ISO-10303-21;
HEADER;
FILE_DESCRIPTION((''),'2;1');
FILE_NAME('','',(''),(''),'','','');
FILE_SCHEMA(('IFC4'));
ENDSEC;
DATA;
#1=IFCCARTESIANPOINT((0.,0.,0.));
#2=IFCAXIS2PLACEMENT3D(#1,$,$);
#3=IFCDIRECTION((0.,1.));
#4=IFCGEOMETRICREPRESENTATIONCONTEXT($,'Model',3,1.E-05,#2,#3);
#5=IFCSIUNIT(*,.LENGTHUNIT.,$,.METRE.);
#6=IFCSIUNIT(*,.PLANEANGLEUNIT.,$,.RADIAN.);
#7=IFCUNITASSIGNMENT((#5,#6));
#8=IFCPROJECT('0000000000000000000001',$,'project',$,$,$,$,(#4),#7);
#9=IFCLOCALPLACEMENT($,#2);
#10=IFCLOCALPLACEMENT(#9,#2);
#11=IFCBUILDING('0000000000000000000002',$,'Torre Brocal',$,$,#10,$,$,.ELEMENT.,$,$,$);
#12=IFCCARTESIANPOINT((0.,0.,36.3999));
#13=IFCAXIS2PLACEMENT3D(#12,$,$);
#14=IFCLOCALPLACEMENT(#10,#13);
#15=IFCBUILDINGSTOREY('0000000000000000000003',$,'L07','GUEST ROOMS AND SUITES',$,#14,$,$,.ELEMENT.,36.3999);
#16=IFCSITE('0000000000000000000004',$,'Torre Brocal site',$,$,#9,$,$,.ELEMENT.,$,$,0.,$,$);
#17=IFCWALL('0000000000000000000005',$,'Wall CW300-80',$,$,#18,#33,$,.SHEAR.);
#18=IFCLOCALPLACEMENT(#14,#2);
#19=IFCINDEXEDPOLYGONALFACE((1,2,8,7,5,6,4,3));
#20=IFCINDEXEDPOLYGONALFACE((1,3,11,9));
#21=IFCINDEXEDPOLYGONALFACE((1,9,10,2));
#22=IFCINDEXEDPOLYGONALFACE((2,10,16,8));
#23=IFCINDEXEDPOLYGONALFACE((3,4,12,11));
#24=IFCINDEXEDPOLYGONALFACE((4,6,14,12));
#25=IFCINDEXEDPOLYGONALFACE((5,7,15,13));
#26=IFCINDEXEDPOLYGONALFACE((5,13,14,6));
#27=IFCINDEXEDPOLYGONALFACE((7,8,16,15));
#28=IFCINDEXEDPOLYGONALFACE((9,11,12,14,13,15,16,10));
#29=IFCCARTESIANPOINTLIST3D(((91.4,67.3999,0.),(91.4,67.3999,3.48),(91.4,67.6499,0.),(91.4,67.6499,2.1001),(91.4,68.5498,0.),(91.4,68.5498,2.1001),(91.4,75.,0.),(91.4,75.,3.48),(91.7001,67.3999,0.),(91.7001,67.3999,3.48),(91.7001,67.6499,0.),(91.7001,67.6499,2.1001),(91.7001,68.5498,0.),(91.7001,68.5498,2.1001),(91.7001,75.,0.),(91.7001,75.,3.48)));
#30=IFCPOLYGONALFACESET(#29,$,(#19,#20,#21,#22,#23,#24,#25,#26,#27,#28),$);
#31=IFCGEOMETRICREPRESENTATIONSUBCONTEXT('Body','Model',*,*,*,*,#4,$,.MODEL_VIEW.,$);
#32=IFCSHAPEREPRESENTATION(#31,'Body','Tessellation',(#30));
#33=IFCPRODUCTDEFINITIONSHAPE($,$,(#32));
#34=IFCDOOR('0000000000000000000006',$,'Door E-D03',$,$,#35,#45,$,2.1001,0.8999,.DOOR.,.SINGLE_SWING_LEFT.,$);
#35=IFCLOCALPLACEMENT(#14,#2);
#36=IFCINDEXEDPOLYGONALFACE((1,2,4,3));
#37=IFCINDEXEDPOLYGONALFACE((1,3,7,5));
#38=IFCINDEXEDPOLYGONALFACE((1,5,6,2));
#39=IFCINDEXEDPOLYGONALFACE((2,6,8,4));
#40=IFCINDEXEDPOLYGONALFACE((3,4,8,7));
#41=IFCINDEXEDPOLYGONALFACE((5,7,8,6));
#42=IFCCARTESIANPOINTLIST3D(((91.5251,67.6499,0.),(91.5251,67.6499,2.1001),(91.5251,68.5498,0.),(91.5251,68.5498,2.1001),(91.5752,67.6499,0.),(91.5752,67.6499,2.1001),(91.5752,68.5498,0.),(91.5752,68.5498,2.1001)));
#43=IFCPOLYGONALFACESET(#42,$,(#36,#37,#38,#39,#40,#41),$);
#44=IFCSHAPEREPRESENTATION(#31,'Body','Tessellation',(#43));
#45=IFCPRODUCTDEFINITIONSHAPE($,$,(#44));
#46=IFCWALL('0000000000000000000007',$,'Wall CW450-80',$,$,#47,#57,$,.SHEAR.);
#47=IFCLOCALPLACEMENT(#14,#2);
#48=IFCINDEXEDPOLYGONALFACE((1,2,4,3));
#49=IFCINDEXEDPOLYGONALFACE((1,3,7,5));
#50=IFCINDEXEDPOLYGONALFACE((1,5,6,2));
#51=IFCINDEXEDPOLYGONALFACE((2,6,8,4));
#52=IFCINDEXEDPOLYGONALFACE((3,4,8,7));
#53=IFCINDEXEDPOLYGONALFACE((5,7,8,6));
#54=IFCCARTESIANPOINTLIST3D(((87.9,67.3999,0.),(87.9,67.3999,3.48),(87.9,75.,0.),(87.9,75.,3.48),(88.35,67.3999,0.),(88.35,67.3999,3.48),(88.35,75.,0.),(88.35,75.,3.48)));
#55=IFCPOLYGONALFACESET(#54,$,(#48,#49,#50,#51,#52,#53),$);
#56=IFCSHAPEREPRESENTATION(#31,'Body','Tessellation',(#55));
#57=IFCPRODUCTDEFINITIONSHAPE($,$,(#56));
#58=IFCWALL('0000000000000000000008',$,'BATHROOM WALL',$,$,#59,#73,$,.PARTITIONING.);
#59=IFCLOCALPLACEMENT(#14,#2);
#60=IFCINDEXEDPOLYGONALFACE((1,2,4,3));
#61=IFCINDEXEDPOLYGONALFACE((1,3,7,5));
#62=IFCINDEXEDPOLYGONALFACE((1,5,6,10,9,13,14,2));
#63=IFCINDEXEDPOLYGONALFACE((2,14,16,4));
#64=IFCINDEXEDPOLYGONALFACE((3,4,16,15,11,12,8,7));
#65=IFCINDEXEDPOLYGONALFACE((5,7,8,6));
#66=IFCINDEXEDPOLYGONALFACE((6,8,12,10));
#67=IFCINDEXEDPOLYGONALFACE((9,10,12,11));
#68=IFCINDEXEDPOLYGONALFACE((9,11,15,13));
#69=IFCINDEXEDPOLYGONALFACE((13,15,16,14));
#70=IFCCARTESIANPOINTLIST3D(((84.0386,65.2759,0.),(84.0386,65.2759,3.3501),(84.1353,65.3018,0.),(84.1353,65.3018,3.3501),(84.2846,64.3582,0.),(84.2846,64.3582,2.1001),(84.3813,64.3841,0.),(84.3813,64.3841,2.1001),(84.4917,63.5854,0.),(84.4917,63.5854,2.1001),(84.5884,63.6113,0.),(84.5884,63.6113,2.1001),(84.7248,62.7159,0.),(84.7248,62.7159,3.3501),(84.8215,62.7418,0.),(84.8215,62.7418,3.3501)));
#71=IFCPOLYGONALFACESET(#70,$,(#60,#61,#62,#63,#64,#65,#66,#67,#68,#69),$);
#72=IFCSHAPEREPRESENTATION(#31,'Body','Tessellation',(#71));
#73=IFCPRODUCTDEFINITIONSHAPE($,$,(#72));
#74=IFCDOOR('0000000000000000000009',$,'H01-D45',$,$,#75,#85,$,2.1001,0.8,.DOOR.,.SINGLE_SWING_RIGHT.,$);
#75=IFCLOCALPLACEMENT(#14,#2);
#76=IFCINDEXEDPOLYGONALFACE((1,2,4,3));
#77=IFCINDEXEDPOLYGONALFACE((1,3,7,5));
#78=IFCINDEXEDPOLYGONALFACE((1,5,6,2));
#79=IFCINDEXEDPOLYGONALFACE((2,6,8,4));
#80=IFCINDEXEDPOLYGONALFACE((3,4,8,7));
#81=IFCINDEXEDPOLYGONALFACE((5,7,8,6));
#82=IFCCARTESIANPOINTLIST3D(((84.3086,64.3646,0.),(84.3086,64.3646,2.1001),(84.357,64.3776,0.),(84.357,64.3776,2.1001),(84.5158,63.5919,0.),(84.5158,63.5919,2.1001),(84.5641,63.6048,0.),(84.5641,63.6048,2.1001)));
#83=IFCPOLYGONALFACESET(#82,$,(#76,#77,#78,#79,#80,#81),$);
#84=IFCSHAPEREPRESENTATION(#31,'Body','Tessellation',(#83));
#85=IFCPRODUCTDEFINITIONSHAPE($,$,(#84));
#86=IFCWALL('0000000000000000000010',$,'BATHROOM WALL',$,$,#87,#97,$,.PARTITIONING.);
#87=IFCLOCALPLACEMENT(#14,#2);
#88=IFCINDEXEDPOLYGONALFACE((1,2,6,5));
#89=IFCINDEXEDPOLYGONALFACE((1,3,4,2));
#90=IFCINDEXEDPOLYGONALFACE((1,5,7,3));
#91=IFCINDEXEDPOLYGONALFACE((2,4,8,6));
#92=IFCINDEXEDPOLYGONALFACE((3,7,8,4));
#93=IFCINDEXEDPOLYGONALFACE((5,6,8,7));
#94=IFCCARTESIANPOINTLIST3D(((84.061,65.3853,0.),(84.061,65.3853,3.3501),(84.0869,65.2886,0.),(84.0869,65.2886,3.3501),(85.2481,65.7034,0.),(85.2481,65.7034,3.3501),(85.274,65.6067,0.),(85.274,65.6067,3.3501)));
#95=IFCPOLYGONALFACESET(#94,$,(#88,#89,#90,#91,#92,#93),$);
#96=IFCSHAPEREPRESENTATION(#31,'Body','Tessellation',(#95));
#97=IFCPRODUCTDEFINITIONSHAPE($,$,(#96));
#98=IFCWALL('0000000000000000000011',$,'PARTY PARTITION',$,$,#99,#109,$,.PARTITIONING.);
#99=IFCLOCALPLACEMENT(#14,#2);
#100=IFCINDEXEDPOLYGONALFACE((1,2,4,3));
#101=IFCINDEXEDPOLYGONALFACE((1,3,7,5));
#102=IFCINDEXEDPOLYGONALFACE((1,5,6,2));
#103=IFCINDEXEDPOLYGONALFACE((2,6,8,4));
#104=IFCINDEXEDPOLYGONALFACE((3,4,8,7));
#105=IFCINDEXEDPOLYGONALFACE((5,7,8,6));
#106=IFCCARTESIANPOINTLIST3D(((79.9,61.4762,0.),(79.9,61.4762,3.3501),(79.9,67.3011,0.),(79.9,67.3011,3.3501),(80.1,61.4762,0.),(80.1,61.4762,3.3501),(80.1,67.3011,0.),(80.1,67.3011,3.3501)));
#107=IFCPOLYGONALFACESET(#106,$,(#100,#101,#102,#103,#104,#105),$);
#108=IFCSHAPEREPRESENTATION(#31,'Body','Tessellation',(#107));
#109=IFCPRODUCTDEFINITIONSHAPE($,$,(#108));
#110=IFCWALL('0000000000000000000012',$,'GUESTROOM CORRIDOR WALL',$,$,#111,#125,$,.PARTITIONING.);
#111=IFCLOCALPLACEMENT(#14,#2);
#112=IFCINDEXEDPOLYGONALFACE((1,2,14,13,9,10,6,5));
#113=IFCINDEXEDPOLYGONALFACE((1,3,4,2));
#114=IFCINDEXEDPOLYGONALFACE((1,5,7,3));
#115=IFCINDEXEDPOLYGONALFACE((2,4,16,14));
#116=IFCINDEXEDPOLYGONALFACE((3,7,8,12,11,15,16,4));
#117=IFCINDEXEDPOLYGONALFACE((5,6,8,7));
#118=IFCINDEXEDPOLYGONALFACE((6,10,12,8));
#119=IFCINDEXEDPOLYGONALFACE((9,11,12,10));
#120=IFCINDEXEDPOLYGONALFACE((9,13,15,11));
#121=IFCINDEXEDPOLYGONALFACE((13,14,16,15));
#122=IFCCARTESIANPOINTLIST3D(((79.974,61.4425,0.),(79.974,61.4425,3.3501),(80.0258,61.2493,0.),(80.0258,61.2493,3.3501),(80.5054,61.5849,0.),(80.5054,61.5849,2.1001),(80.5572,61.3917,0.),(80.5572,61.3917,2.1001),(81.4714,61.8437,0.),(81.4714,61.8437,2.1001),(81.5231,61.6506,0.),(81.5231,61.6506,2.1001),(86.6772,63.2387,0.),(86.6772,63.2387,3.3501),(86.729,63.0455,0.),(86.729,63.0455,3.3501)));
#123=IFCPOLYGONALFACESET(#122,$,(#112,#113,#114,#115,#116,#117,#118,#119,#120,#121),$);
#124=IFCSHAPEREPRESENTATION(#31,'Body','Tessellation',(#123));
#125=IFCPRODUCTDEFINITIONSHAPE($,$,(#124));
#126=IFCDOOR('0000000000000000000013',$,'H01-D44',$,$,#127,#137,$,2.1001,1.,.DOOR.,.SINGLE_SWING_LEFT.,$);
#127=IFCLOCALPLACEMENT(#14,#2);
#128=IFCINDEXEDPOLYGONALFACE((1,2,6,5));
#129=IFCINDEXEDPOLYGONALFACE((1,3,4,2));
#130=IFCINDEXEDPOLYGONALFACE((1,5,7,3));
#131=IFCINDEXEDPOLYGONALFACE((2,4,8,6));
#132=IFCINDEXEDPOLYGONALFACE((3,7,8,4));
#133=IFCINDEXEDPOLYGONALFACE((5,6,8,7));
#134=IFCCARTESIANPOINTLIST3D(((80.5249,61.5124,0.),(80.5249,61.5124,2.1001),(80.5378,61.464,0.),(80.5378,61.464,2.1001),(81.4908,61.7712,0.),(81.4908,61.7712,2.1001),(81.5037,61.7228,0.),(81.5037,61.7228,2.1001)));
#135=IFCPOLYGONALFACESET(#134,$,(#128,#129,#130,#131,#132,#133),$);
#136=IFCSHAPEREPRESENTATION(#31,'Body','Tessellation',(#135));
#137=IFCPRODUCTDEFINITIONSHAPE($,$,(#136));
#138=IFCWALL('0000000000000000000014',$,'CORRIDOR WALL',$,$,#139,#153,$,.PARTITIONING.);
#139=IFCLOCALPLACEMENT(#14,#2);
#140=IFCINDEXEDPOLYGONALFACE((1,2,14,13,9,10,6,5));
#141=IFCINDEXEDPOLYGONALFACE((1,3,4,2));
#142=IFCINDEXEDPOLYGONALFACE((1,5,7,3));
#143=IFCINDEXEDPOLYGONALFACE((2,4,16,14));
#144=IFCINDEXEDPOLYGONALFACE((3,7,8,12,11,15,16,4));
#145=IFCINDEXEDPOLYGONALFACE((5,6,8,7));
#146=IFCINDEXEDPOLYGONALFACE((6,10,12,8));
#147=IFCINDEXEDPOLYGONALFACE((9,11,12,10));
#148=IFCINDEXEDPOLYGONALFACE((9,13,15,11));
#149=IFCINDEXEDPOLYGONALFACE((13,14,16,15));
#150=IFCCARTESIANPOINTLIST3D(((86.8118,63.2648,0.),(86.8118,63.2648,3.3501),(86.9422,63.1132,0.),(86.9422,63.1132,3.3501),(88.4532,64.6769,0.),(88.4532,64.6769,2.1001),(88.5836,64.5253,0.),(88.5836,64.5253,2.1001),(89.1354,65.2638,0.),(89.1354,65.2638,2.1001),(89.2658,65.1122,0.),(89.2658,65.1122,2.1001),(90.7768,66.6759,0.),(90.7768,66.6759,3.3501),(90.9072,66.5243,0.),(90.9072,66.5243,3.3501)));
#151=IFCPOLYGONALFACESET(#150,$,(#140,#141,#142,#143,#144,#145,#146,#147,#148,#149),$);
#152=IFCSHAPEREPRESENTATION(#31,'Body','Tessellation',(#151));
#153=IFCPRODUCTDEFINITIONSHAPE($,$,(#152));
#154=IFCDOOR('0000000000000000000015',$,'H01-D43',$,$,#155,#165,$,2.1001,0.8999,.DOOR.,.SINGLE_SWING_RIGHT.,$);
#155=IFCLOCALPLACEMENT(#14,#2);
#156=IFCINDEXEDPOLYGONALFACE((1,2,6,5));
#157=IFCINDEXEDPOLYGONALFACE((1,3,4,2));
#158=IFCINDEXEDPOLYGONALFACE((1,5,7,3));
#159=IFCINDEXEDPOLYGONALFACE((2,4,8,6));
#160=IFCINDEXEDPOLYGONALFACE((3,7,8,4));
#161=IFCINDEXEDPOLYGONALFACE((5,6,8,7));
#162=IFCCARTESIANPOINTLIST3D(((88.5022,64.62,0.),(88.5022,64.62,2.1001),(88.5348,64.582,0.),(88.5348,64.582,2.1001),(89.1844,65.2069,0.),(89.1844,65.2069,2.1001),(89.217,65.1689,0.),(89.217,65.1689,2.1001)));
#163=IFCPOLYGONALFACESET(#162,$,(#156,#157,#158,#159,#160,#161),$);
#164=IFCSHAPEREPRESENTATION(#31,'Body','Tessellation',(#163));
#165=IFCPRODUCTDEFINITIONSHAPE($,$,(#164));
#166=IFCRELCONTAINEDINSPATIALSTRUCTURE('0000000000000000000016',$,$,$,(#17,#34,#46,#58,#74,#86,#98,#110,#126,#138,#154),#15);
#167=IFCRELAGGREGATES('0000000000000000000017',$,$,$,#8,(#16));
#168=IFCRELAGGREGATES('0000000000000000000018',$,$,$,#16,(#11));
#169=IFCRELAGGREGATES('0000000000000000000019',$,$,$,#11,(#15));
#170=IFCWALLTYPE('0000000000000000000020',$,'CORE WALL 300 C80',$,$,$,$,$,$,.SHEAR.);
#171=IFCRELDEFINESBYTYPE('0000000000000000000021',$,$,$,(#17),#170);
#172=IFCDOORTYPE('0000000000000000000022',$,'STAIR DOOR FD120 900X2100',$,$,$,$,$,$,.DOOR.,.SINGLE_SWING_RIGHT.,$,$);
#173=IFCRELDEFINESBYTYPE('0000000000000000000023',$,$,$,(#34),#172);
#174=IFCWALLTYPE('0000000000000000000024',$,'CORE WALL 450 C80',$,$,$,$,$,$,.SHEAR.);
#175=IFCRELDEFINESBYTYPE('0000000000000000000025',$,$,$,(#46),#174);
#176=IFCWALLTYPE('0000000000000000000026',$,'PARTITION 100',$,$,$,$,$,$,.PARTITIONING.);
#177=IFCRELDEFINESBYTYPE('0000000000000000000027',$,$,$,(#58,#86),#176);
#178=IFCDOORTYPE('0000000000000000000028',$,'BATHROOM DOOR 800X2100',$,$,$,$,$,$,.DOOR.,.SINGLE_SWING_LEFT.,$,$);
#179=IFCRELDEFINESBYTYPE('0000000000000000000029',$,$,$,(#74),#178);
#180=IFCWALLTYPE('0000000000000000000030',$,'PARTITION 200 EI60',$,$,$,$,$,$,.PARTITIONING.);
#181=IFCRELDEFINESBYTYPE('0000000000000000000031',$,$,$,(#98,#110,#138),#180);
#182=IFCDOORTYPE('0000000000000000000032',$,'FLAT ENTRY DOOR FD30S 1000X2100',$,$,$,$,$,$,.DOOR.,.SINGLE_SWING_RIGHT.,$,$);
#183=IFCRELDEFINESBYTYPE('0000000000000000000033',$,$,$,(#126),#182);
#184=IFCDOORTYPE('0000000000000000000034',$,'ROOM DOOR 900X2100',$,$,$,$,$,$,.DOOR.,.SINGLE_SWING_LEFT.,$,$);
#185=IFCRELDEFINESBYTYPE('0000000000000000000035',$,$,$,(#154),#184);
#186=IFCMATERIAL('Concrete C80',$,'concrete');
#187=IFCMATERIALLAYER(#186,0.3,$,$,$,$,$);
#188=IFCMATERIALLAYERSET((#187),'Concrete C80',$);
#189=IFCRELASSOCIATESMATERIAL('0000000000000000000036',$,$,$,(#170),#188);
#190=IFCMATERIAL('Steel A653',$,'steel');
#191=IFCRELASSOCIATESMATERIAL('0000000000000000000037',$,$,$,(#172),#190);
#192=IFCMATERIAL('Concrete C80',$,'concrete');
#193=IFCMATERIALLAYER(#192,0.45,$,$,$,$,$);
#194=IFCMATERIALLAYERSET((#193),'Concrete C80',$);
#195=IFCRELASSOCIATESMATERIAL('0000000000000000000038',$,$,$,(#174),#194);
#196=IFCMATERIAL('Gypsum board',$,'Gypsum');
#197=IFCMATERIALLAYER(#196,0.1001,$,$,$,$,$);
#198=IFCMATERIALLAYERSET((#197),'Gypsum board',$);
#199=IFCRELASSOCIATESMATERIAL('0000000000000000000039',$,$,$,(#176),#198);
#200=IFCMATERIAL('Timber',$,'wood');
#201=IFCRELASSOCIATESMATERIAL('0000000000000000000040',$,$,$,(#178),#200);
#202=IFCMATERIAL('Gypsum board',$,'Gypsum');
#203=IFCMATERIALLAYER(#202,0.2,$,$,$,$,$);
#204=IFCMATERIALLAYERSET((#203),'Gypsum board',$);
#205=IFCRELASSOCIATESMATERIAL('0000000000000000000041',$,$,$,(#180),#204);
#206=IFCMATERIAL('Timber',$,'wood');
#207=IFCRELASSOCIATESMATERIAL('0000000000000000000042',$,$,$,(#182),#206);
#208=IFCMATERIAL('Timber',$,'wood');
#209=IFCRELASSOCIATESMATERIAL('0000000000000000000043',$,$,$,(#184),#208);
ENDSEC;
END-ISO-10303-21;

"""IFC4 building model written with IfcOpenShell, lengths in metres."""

from ifc_helpers import new_model, si_unit, direction, frame, frame_2d, origin, place, context, subcontext, project, spatial, rectangle, extrude, material, layer, layer_set, type_object, element, fill, save


model = new_model("IFC4")

# Units and contexts
model_context = context("Model", 3, precision=1e-05, world=origin(), true_north=direction((0.0, 1.0)))
body_context = subcontext(model_context, "Body", "Model", "MODEL_VIEW")
ifc_project = project(units=[si_unit("LENGTHUNIT", "METRE"), si_unit("PLANEANGLEUNIT", "RADIAN")], contexts=[model_context])

# Site, building, storey
site_placement = place(None, origin())
site = spatial("IfcSite", under=ifc_project, at=site_placement, Name="Torre Brocal site", CompositionType="ELEMENT", RefElevation=0.0)
building_placement = place(site_placement, origin())
building = spatial("IfcBuilding", under=site, at=building_placement, Name="Torre Brocal", CompositionType="ELEMENT")
storey_placement = place(building_placement, frame((0.0, 0.0, 36.3999)))
storey = spatial("IfcBuildingStorey", under=building, at=storey_placement, Name="L07", Description="GUEST ROOMS AND SUITES", CompositionType="ELEMENT", Elevation=36.3999)

# Wall, opening, door
ifc_material_1 = material(Name="Concrete C80", Category="concrete")
ifc_layer_1 = layer(ifc_material_1, 0.3)
ifc_layer_set_1 = layer_set([ifc_layer_1], Name="Concrete C80")
wall_type_1 = type_object("IfcWallType", Name="CORE WALL 300 C80", PredefinedType="SHEAR", material=ifc_layer_set_1)
wall_1_placement = place(storey_placement, frame((91.55, 67.3999, 0.0), z_axis=(0.0, 0.0, 1.0), x_axis=(0.0, 1.0, 0.0)))
wall_1 = element("IfcWall", 1, at=wall_1_placement, inside=storey, type_object=wall_type_1, Name="Wall CW300-80", PredefinedType="SHEAR", context=body_context, shape_type="SweptSolid", body=[
    extrude(rectangle(XDim=7.6001, YDim=0.3, at=frame_2d((3.8, 0.0))), origin(), (0.0, 0.0, 1.0), 3.48),
])
opening_1_placement = place(wall_1_placement, frame((0.25, 0.0, 0.0)))
opening_1 = element("IfcOpeningElement", 2, at=opening_1_placement, cuts=wall_1, PredefinedType="OPENING", context=body_context, shape_type="SweptSolid", body=[
    extrude(rectangle(XDim=0.8999, YDim=2.1001, at=frame_2d((0.45, 1.05))), frame((0.0, 0.1599, 0.0), z_axis=(0.0, -1.0, 0.0), x_axis=(1.0, 0.0, 0.0)), (0.0, 0.0, 1.0), 0.3201),
])
ifc_material_2 = material(Name="Steel A653", Category="steel")
door_type_1 = type_object("IfcDoorType", Name="STAIR DOOR FD120 900X2100", OperationType="SINGLE_SWING_RIGHT", PredefinedType="DOOR", material=ifc_material_2)
door_1_placement = place(opening_1_placement, origin())
door_1 = element("IfcDoor", 3, at=door_1_placement, inside=storey, type_object=door_type_1, Name="Door E-D03", OperationType="SINGLE_SWING_LEFT", OverallHeight=2.1001, OverallWidth=0.8999, PredefinedType="DOOR", context=body_context, shape_type="SweptSolid", body=[
    extrude(rectangle(XDim=0.8999, YDim=2.1001, at=frame_2d((0.45, 1.05))), frame((0.0, 0.0249, 0.0), z_axis=(0.0, -1.0, 0.0), x_axis=(1.0, 0.0, 0.0)), (0.0, 0.0, 1.0), 0.05),
])
fill(opening_1, door_1)

# Wall
ifc_material_3 = material(Name="Concrete C80", Category="concrete")
ifc_layer_2 = layer(ifc_material_3, 0.45)
ifc_layer_set_2 = layer_set([ifc_layer_2], Name="Concrete C80")
wall_type_2 = type_object("IfcWallType", Name="CORE WALL 450 C80", PredefinedType="SHEAR", material=ifc_layer_set_2)
wall_2_placement = place(storey_placement, frame((88.125, 67.3999, 0.0), z_axis=(0.0, 0.0, 1.0), x_axis=(0.0, 1.0, 0.0)))
element("IfcWall", 4, at=wall_2_placement, inside=storey, type_object=wall_type_2, Name="Wall CW450-80", PredefinedType="SHEAR", context=body_context, shape_type="SweptSolid", body=[
    extrude(rectangle(XDim=7.6001, YDim=0.45, at=frame_2d((3.8, 0.0))), origin(), (0.0, 0.0, 1.0), 3.48),
])

# Wall, opening, door
ifc_material_4 = material(Name="Gypsum board", Category="Gypsum")
ifc_layer_3 = layer(ifc_material_4, 0.1001)
ifc_layer_set_3 = layer_set([ifc_layer_3], Name="Gypsum board")
wall_type_3 = type_object("IfcWallType", Name="PARTITION 100", PredefinedType="PARTITIONING", material=ifc_layer_set_3)
wall_3_placement = place(storey_placement, frame((84.0869, 65.2888, 0.0), z_axis=(0.0, 0.0, 1.0), x_axis=(0.258929, -0.965896, 0.0)))
wall_3 = element("IfcWall", 5, at=wall_3_placement, inside=storey, type_object=wall_type_3, Name="BATHROOM WALL", PredefinedType="PARTITIONING", context=body_context, shape_type="SweptSolid", body=[
    extrude(rectangle(XDim=2.6504, YDim=0.1001, at=frame_2d((1.3252, 0.0))), origin(), (0.0, 0.0, 1.0), 3.3501),
])
opening_2_placement = place(wall_3_placement, frame((0.9502, 0.0, 0.0)))
opening_2 = element("IfcOpeningElement", 6, at=opening_2_placement, cuts=wall_3, PredefinedType="OPENING", context=body_context, shape_type="SweptSolid", body=[
    extrude(rectangle(XDim=0.8, YDim=2.1001, at=frame_2d((0.3999, 1.05))), frame((0.0, 0.0601, 0.0), z_axis=(0.0, -1.0, 0.0), x_axis=(1.0, 0.0, 0.0)), (0.0, 0.0, 1.0), 0.1201),
])
ifc_material_5 = material(Name="Timber", Category="wood")
door_type_2 = type_object("IfcDoorType", Name="BATHROOM DOOR 800X2100", OperationType="SINGLE_SWING_LEFT", PredefinedType="DOOR", material=ifc_material_5)
door_2_placement = place(opening_2_placement, origin())
door_2 = element("IfcDoor", 7, at=door_2_placement, inside=storey, type_object=door_type_2, Name="H01-D45", OperationType="SINGLE_SWING_RIGHT", OverallHeight=2.1001, OverallWidth=0.8, PredefinedType="DOOR", context=body_context, shape_type="SweptSolid", body=[
    extrude(rectangle(XDim=0.8, YDim=2.1001, at=frame_2d((0.3999, 1.05))), frame((0.0, 0.0249, 0.0), z_axis=(0.0, -1.0, 0.0), x_axis=(1.0, 0.0, 0.0)), (0.0, 0.0, 1.0), 0.05),
])
fill(opening_2, door_2)

# Walls
wall_4_placement = place(storey_placement, frame((84.074, 65.3369, 0.0), z_axis=(0.0, 0.0, 1.0), x_axis=(0.965914, 0.258862, 0.0)))
element("IfcWall", 8, at=wall_4_placement, inside=storey, type_object=wall_type_3, Name="BATHROOM WALL", PredefinedType="PARTITIONING", context=body_context, shape_type="SweptSolid", body=[
    extrude(rectangle(XDim=1.229, YDim=0.1001, at=frame_2d((0.6145, 0.0))), origin(), (0.0, 0.0, 1.0), 3.3501),
])
ifc_material_6 = material(Name="Gypsum board", Category="Gypsum")
ifc_layer_4 = layer(ifc_material_6, 0.2)
ifc_layer_set_4 = layer_set([ifc_layer_4], Name="Gypsum board")
wall_type_4 = type_object("IfcWallType", Name="PARTITION 200 EI60", PredefinedType="PARTITIONING", material=ifc_layer_set_4)
wall_5_placement = place(storey_placement, frame((80.0, 61.4761, 0.0), z_axis=(0.0, 0.0, 1.0), x_axis=(0.0, 1.0, 0.0)))
element("IfcWall", 9, at=wall_5_placement, inside=storey, type_object=wall_type_4, Name="PARTY PARTITION", PredefinedType="PARTITIONING", context=body_context, shape_type="SweptSolid", body=[
    extrude(rectangle(XDim=5.825, YDim=0.2, at=frame_2d((2.9126, 0.0))), origin(), (0.0, 0.0, 1.0), 3.3501),
])

# Walls, openings, doors
wall_6_placement = place(storey_placement, frame((80.0, 61.3459, 0.0), z_axis=(0.0, 0.0, 1.0), x_axis=(0.965924, 0.258825, 0.0)))
wall_6 = element("IfcWall", 10, at=wall_6_placement, inside=storey, type_object=wall_type_4, Name="GUESTROOM CORRIDOR WALL", PredefinedType="PARTITIONING", context=body_context, shape_type="SweptSolid", body=[
    extrude(rectangle(XDim=6.9397, YDim=0.2, at=frame_2d((3.4697, 0.0))), origin(), (0.0, 0.0, 1.0), 3.3501),
])
opening_3_placement = place(wall_6_placement, frame((0.55, 0.0, 0.0)))
opening_3 = element("IfcOpeningElement", 11, at=opening_3_placement, cuts=wall_6, PredefinedType="OPENING", context=body_context, shape_type="SweptSolid", body=[
    extrude(rectangle(XDim=1.0, YDim=2.1001, at=frame_2d((0.5, 1.05))), frame((0.0, 0.1099, 0.0), z_axis=(0.0, -1.0, 0.0), x_axis=(1.0, 0.0, 0.0)), (0.0, 0.0, 1.0), 0.22),
])
ifc_material_7 = material(Name="Timber", Category="wood")
door_type_3 = type_object("IfcDoorType", Name="FLAT ENTRY DOOR FD30S 1000X2100", OperationType="SINGLE_SWING_RIGHT", PredefinedType="DOOR", material=ifc_material_7)
door_3_placement = place(opening_3_placement, origin())
door_3 = element("IfcDoor", 12, at=door_3_placement, inside=storey, type_object=door_type_3, Name="H01-D44", OperationType="SINGLE_SWING_LEFT", OverallHeight=2.1001, OverallWidth=1.0, PredefinedType="DOOR", context=body_context, shape_type="SweptSolid", body=[
    extrude(rectangle(XDim=1.0, YDim=2.1001, at=frame_2d((0.5, 1.05))), frame((0.0, 0.0249, 0.0), z_axis=(0.0, -1.0, 0.0), x_axis=(1.0, 0.0, 0.0)), (0.0, 0.0, 1.0), 0.05),
])
fill(opening_3, door_3)
wall_7_placement = place(storey_placement, frame((86.877, 63.189, 0.0), z_axis=(0.0, 0.0, 1.0), x_axis=(0.758076, 0.652166, 0.0)))
wall_7 = element("IfcWall", 13, at=wall_7_placement, inside=storey, type_object=wall_type_4, Name="CORRIDOR WALL", PredefinedType="PARTITIONING", context=body_context, shape_type="SweptSolid", body=[
    extrude(rectangle(XDim=5.2305, YDim=0.2, at=frame_2d((2.6152, 0.0))), origin(), (0.0, 0.0, 1.0), 3.3501),
])
opening_4_placement = place(wall_7_placement, frame((2.1653, 0.0, 0.0)))
opening_4 = element("IfcOpeningElement", 14, at=opening_4_placement, cuts=wall_7, PredefinedType="OPENING", context=body_context, shape_type="SweptSolid", body=[
    extrude(rectangle(XDim=0.8999, YDim=2.1001, at=frame_2d((0.45, 1.05))), frame((0.0, 0.1099, 0.0), z_axis=(0.0, -1.0, 0.0), x_axis=(1.0, 0.0, 0.0)), (0.0, 0.0, 1.0), 0.22),
])
ifc_material_8 = material(Name="Timber", Category="wood")
door_type_4 = type_object("IfcDoorType", Name="ROOM DOOR 900X2100", OperationType="SINGLE_SWING_LEFT", PredefinedType="DOOR", material=ifc_material_8)
door_4_placement = place(opening_4_placement, origin())
door_4 = element("IfcDoor", 15, at=door_4_placement, inside=storey, type_object=door_type_4, Name="H01-D43", OperationType="SINGLE_SWING_RIGHT", OverallHeight=2.1001, OverallWidth=0.8999, PredefinedType="DOOR", context=body_context, shape_type="SweptSolid", body=[
    extrude(rectangle(XDim=0.8999, YDim=2.1001, at=frame_2d((0.45, 1.05))), frame((0.0, 0.0249, 0.0), z_axis=(0.0, -1.0, 0.0), x_axis=(1.0, 0.0, 0.0)), (0.0, 0.0, 1.0), 0.05),
])
fill(opening_4, door_4)

save(model, "model.ifc")
